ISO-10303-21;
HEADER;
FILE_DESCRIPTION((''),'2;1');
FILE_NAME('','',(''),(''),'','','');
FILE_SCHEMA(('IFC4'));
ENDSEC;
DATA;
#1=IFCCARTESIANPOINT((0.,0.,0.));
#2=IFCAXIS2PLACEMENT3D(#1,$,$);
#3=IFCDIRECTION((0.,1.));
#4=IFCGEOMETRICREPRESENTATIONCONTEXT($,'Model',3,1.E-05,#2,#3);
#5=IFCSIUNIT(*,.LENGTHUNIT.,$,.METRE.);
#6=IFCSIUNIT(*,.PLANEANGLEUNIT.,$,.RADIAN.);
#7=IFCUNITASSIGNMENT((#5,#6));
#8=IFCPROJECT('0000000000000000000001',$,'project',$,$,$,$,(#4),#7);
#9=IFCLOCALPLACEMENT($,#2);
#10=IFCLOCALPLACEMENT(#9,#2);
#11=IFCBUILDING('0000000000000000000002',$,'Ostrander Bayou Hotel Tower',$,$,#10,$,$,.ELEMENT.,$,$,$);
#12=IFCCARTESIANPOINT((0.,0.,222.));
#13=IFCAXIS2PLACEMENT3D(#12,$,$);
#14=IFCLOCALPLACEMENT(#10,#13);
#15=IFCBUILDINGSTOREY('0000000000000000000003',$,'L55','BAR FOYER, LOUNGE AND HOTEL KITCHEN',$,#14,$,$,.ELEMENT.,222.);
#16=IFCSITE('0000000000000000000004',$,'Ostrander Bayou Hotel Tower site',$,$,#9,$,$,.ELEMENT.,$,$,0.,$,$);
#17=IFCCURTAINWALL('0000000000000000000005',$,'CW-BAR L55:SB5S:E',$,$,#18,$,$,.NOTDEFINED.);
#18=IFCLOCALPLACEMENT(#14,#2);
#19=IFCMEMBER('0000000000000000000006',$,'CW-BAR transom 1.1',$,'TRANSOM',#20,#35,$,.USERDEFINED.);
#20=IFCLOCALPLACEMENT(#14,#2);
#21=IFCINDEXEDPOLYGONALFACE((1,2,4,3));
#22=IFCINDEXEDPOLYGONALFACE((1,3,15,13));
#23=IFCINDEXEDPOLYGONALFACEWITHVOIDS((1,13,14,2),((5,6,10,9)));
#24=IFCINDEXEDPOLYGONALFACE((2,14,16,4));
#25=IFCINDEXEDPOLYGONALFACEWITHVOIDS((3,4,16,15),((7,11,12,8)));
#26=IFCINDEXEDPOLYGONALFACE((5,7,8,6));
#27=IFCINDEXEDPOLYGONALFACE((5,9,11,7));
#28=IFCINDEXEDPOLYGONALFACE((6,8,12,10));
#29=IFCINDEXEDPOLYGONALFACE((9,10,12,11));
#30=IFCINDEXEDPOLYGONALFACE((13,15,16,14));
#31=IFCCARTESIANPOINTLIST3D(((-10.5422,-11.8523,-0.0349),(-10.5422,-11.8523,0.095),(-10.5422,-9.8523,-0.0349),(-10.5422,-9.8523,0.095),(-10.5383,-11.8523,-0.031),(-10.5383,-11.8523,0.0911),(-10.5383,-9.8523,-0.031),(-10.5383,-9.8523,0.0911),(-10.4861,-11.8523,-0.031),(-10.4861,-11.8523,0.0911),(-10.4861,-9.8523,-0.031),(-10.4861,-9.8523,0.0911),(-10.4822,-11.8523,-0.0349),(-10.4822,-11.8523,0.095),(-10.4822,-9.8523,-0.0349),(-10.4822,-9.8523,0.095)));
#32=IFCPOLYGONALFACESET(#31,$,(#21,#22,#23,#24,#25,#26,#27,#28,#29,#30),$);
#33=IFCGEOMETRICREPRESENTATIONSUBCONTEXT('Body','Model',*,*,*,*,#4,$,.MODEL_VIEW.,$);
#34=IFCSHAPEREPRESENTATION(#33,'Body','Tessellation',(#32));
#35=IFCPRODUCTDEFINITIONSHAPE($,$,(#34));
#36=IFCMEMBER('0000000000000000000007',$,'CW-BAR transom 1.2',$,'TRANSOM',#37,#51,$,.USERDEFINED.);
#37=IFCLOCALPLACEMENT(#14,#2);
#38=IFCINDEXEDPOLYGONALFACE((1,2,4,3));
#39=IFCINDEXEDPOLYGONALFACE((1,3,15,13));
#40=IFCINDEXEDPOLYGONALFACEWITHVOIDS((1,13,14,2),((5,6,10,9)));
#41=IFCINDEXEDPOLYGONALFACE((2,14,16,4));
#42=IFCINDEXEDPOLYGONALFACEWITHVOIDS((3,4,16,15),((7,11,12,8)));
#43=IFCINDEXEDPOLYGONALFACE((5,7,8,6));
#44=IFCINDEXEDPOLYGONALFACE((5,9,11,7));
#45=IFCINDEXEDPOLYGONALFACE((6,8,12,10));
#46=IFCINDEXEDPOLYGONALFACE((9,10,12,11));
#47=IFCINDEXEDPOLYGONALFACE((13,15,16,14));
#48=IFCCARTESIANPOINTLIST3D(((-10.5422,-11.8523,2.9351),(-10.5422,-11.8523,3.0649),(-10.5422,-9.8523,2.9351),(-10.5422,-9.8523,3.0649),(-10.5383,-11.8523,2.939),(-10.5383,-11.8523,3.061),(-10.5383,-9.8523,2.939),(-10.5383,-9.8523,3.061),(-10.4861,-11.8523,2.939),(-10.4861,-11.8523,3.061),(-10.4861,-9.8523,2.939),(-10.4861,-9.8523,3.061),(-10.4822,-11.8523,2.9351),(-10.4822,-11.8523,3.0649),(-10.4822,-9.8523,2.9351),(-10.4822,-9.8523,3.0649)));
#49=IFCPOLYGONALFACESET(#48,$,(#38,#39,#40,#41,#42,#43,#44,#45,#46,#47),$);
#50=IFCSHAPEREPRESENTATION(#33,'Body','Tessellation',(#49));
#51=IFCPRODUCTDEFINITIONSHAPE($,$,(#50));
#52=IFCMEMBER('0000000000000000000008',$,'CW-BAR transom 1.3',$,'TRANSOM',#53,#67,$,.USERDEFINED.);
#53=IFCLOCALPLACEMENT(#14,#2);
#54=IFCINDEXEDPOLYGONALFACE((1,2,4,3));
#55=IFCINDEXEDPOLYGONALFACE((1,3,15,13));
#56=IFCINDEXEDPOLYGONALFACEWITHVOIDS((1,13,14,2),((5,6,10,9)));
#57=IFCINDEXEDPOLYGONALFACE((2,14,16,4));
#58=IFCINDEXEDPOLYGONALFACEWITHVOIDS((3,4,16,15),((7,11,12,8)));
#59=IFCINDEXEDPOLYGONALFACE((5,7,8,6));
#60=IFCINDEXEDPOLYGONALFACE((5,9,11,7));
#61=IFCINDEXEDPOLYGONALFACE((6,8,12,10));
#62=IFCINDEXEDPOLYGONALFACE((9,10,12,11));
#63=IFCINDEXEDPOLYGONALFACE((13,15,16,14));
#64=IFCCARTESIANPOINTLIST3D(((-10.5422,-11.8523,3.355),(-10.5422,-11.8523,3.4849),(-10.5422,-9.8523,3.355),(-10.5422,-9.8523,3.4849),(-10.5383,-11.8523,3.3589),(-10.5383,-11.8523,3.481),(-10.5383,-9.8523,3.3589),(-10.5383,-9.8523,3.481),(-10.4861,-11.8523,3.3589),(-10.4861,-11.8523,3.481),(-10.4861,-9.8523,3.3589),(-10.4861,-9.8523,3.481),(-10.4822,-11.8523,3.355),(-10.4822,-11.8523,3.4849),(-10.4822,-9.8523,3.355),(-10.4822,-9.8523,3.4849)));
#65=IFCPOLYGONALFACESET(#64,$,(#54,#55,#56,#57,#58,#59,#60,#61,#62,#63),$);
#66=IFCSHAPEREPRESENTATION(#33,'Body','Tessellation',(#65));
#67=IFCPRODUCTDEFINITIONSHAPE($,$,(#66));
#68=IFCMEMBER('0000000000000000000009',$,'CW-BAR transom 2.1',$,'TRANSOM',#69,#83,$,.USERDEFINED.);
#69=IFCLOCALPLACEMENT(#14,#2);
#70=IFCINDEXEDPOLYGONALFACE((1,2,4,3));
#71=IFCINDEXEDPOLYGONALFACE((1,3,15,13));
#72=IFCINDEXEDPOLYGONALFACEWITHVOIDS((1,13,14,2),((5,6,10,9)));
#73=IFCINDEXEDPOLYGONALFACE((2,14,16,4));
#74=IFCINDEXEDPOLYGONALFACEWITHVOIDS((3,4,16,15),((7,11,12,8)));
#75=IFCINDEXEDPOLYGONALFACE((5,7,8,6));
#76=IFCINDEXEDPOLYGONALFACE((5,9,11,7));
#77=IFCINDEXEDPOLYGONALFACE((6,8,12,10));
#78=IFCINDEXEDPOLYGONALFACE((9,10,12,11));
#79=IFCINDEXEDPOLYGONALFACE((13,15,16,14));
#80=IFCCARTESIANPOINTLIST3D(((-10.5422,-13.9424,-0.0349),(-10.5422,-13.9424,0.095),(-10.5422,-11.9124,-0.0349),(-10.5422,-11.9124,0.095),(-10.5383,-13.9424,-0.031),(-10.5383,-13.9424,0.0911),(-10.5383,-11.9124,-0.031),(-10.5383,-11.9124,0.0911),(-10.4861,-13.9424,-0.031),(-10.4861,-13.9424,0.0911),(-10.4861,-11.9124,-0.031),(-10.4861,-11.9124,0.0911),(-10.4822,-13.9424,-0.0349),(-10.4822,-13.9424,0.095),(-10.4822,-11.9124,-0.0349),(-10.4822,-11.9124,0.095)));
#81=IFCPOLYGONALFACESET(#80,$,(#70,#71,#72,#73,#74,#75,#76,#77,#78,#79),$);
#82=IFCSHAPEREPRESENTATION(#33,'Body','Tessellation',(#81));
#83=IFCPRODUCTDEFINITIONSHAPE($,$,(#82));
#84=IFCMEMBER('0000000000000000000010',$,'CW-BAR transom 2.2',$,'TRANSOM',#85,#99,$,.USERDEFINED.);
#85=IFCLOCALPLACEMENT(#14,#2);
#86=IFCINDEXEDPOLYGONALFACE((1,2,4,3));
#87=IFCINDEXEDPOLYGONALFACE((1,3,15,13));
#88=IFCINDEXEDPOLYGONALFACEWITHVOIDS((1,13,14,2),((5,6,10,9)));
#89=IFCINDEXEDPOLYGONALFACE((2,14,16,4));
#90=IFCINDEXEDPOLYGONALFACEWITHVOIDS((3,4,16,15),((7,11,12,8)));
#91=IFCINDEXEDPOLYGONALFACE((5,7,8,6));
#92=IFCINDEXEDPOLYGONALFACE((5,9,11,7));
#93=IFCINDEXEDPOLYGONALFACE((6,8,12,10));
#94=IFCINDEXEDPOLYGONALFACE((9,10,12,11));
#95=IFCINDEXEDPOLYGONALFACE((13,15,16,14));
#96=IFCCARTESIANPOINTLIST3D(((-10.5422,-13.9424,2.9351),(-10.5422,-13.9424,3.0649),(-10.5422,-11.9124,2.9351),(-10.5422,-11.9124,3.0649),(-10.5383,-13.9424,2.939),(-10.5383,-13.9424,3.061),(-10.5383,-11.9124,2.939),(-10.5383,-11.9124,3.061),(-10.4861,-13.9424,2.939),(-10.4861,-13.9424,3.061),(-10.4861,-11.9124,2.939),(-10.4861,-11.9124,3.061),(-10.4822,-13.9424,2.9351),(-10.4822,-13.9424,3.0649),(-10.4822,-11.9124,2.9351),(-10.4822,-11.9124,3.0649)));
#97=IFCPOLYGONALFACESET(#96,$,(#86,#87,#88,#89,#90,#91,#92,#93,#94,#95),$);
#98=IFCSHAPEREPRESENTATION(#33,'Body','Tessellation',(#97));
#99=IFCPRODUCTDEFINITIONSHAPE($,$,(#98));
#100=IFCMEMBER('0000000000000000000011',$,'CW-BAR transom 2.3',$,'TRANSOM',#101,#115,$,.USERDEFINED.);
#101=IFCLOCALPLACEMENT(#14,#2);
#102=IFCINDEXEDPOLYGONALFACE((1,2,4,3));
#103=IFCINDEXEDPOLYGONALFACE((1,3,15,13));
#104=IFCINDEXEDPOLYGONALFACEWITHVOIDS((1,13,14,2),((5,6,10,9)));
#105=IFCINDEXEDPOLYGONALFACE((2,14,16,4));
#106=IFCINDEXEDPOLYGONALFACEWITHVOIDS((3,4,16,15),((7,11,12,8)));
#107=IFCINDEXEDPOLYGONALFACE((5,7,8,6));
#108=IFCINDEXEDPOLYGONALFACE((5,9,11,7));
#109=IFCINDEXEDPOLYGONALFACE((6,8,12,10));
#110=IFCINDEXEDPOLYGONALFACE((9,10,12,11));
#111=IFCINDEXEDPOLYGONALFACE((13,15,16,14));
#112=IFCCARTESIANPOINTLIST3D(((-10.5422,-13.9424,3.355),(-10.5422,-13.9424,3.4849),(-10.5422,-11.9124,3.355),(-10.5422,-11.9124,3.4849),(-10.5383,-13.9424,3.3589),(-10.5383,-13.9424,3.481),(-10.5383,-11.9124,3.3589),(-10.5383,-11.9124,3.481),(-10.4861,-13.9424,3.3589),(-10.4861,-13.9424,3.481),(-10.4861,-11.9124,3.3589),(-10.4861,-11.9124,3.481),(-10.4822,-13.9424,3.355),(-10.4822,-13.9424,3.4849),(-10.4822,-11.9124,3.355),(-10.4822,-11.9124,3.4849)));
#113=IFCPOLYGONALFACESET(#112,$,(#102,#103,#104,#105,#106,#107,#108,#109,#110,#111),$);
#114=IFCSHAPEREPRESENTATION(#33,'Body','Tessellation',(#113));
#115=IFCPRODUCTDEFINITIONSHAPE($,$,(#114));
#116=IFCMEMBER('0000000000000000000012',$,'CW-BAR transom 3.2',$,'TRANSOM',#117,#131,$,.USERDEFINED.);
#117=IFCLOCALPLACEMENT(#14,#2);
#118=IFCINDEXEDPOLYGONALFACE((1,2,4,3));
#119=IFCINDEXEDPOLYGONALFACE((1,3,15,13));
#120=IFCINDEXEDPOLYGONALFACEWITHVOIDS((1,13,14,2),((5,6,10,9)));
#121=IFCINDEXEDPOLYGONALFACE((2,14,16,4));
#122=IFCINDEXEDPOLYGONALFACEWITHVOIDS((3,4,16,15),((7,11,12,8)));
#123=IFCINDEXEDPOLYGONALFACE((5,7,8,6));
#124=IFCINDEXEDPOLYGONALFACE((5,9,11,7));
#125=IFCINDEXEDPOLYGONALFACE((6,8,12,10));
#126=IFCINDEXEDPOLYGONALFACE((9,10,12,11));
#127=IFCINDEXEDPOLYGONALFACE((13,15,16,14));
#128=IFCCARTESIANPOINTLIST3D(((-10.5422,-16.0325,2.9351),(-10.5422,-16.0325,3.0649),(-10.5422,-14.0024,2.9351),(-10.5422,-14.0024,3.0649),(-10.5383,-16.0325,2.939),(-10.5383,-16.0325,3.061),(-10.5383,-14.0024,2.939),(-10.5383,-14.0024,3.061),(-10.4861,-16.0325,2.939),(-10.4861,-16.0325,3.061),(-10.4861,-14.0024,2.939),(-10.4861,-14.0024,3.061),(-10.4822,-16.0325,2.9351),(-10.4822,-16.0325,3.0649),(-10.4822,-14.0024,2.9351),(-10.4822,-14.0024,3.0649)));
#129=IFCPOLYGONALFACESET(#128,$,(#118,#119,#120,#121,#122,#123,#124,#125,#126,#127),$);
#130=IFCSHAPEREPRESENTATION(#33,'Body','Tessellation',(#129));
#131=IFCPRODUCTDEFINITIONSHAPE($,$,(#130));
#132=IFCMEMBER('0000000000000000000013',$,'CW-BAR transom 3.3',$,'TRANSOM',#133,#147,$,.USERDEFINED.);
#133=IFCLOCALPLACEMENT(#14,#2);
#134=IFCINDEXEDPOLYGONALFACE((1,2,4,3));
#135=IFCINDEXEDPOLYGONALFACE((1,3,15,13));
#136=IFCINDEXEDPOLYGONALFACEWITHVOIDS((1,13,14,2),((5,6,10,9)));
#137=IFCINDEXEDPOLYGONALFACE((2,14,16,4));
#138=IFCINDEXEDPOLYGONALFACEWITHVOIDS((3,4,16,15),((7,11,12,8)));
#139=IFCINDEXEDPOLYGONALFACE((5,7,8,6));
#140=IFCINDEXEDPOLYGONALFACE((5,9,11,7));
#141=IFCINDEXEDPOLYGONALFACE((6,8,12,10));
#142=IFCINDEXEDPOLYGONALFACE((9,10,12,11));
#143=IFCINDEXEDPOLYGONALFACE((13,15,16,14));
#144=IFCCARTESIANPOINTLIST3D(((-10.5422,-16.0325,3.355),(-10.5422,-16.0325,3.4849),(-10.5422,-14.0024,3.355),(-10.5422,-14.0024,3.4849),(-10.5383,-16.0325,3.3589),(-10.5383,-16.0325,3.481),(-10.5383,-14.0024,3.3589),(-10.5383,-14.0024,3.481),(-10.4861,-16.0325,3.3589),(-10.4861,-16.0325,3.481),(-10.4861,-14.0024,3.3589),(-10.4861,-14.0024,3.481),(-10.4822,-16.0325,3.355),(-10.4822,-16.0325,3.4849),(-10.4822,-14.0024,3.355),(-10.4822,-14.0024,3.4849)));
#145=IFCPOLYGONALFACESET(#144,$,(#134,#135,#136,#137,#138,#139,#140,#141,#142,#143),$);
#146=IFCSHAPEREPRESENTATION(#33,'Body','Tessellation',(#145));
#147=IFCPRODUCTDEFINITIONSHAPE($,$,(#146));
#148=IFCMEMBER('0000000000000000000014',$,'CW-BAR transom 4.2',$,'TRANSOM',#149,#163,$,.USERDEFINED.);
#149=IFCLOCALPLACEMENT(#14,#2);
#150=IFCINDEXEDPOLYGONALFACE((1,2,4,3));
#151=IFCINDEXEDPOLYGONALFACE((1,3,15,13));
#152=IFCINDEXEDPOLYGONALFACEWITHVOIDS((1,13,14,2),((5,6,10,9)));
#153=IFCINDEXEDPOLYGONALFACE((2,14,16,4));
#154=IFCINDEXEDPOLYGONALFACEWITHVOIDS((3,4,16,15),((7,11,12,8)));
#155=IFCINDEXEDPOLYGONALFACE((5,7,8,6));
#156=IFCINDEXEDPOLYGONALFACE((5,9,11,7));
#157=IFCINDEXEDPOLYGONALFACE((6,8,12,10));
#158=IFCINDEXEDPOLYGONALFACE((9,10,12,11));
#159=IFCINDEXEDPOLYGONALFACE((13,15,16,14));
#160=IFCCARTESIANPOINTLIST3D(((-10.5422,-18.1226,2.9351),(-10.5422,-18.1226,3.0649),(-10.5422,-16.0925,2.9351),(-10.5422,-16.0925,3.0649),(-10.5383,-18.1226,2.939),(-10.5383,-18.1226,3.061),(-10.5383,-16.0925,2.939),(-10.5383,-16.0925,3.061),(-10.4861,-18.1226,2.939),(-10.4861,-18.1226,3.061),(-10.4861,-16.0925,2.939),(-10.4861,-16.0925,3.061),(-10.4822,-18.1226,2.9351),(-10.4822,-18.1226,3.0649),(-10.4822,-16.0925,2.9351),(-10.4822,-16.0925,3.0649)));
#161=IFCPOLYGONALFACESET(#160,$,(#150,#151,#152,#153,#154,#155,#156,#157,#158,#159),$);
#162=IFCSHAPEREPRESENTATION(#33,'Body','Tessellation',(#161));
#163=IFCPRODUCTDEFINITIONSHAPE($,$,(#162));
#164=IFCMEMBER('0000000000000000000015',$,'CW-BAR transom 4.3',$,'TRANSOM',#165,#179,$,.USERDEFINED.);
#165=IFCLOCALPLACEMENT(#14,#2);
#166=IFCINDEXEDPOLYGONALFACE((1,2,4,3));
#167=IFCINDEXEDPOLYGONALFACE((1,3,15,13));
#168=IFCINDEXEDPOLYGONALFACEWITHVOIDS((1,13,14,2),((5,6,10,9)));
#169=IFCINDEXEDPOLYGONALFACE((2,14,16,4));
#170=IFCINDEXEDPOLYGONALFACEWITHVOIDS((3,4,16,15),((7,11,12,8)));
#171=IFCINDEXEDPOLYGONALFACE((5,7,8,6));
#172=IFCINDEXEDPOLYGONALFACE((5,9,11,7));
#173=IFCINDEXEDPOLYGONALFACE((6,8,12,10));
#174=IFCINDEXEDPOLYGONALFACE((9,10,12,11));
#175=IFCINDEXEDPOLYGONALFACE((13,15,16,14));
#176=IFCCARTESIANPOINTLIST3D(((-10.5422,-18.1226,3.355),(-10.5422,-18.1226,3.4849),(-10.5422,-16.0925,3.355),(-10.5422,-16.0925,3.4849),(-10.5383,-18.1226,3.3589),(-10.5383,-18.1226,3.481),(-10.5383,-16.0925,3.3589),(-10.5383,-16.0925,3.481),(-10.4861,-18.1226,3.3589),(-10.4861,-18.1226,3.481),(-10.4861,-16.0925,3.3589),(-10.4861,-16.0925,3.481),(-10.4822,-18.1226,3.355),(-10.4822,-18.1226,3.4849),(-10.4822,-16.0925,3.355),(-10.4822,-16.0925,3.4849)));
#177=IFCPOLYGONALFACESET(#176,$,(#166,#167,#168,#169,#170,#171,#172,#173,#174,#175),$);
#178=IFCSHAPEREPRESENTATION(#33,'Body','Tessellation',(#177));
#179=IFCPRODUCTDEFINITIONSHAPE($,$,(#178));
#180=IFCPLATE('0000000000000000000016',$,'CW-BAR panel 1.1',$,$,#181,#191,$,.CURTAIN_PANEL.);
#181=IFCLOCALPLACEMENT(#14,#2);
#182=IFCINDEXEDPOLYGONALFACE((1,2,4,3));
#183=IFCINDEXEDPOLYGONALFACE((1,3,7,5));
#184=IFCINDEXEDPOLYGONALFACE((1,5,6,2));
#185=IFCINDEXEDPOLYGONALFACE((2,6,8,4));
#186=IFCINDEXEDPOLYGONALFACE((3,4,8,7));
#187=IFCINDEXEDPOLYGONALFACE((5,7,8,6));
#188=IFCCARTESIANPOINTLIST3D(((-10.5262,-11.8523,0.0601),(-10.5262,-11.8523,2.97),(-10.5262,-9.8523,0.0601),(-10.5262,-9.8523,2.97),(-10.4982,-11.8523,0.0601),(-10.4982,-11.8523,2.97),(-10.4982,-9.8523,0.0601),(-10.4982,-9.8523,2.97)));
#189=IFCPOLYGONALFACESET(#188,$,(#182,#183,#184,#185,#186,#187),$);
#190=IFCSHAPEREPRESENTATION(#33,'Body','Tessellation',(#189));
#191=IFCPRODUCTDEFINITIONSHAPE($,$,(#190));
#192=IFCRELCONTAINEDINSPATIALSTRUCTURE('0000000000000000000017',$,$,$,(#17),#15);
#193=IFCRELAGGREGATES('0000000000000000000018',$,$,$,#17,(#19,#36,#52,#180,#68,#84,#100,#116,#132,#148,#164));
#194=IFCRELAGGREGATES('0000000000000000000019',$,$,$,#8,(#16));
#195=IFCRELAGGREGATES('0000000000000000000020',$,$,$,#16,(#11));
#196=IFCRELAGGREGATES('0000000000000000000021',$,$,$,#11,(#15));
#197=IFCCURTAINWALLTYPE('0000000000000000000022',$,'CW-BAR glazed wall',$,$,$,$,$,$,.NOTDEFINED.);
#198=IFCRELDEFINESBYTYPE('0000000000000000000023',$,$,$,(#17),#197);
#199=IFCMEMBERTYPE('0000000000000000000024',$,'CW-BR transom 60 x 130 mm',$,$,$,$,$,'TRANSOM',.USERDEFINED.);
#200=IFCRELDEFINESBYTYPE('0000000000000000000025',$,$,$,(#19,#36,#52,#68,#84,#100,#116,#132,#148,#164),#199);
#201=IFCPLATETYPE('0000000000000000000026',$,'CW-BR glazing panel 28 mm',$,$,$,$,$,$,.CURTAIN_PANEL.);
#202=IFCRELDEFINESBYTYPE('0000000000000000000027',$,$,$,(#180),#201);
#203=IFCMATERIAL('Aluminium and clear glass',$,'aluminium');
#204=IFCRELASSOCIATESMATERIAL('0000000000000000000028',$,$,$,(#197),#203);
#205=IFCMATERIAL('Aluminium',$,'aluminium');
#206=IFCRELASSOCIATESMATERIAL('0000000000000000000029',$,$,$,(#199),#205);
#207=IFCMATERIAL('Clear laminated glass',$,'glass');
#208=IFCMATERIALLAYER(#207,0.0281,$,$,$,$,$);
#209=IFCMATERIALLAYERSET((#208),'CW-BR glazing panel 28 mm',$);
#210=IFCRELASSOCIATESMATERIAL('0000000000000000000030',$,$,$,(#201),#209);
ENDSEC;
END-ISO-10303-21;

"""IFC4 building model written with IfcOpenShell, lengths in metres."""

from ifc_helpers import new_model, si_unit, direction, frame, origin, origin_2d, place, context, subcontext, project, spatial, rectangle, hollow_rectangle, extrude, material, layer, layer_set, material_profile, profile_set, type_object, element, aggregate, save


model = new_model("IFC4")

# Units and contexts
model_context = context("Model", 3, precision=1e-05, world=origin(), true_north=direction((0.0, 1.0)))
body_context = subcontext(model_context, "Body", "Model", "MODEL_VIEW")
ifc_project = project(units=[si_unit("LENGTHUNIT", "METRE"), si_unit("PLANEANGLEUNIT", "RADIAN")], contexts=[model_context])

# Site, building, storey
site_placement = place(None, origin())
site = spatial("IfcSite", under=ifc_project, at=site_placement, Name="Ostrander Bayou Hotel Tower site", CompositionType="ELEMENT", RefElevation=0.0)
building_placement = place(site_placement, origin())
building = spatial("IfcBuilding", under=site, at=building_placement, Name="Ostrander Bayou Hotel Tower", CompositionType="ELEMENT")
storey_placement = place(building_placement, frame((0.0, 0.0, 222.0)))
storey = spatial("IfcBuildingStorey", under=building, at=storey_placement, Name="L55", Description="BAR FOYER, LOUNGE AND HOTEL KITCHEN", CompositionType="ELEMENT", Elevation=222.0)

# Curtain wall, members, plate
ifc_material_1 = material(Name="Aluminium and clear glass", Category="aluminium")
curtain_wall_type = type_object("IfcCurtainWallType", Name="CW-BAR glazed wall", PredefinedType="NOTDEFINED", material=ifc_material_1)
curtain_wall_placement = place(storey_placement, origin())
curtain_wall = element("IfcCurtainWall", 1, at=curtain_wall_placement, inside=storey, type_object=curtain_wall_type, Name="CW-BAR L55:SB5S:E", PredefinedType="NOTDEFINED")
ifc_material_2 = material(Name="Aluminium", Category="aluminium")
ifc_material_profile = material_profile(ifc_material_2, hollow_rectangle(XDim=0.0601, YDim=0.1299, WallThickness=0.0039, at=origin_2d()))
ifc_profile_set = profile_set([ifc_material_profile], Name="Aluminium")
member_type = type_object("IfcMemberType", Name="CW-BR transom 60 x 130 mm", ElementType="TRANSOM", PredefinedType="USERDEFINED", material=ifc_profile_set)
member_1_placement = place(storey_placement, frame((-10.5122, -9.8523, 0.03), z_axis=(0.0, -1.0, 0.0), x_axis=(1.0, 0.0, 0.0)))
member_1 = element("IfcMember", 2, at=member_1_placement, type_object=member_type, Name="CW-BAR transom 1.1", ObjectType="TRANSOM", PredefinedType="USERDEFINED", context=body_context, shape_type="SweptSolid", body=[
    extrude(hollow_rectangle(XDim=0.0601, YDim=0.1299, WallThickness=0.0039, at=origin_2d()), origin(), (0.0, 0.0, 1.0), 2.0),
])
member_2_placement = place(storey_placement, frame((-10.5122, -9.8523, 3.0), z_axis=(0.0, -1.0, 0.0), x_axis=(1.0, 0.0, 0.0)))
member_2 = element("IfcMember", 3, at=member_2_placement, type_object=member_type, Name="CW-BAR transom 1.2", ObjectType="TRANSOM", PredefinedType="USERDEFINED", context=body_context, shape_type="SweptSolid", body=[
    extrude(hollow_rectangle(XDim=0.0601, YDim=0.1299, WallThickness=0.0039, at=origin_2d()), origin(), (0.0, 0.0, 1.0), 2.0),
])
member_3_placement = place(storey_placement, frame((-10.5122, -9.8523, 3.4199), z_axis=(0.0, -1.0, 0.0), x_axis=(1.0, 0.0, 0.0)))
member_3 = element("IfcMember", 4, at=member_3_placement, type_object=member_type, Name="CW-BAR transom 1.3", ObjectType="TRANSOM", PredefinedType="USERDEFINED", context=body_context, shape_type="SweptSolid", body=[
    extrude(hollow_rectangle(XDim=0.0601, YDim=0.1299, WallThickness=0.0039, at=origin_2d()), origin(), (0.0, 0.0, 1.0), 2.0),
])
member_4_placement = place(storey_placement, frame((-10.5122, -11.9124, 0.03), z_axis=(0.0, -1.0, 0.0), x_axis=(1.0, 0.0, 0.0)))
member_4 = element("IfcMember", 5, at=member_4_placement, type_object=member_type, Name="CW-BAR transom 2.1", ObjectType="TRANSOM", PredefinedType="USERDEFINED", context=body_context, shape_type="SweptSolid", body=[
    extrude(hollow_rectangle(XDim=0.0601, YDim=0.1299, WallThickness=0.0039, at=origin_2d()), origin(), (0.0, 0.0, 1.0), 2.03),
])
member_5_placement = place(storey_placement, frame((-10.5122, -11.9124, 3.0), z_axis=(0.0, -1.0, 0.0), x_axis=(1.0, 0.0, 0.0)))
member_5 = element("IfcMember", 6, at=member_5_placement, type_object=member_type, Name="CW-BAR transom 2.2", ObjectType="TRANSOM", PredefinedType="USERDEFINED", context=body_context, shape_type="SweptSolid", body=[
    extrude(hollow_rectangle(XDim=0.0601, YDim=0.1299, WallThickness=0.0039, at=origin_2d()), origin(), (0.0, 0.0, 1.0), 2.03),
])
member_6_placement = place(storey_placement, frame((-10.5122, -11.9124, 3.4199), z_axis=(0.0, -1.0, 0.0), x_axis=(1.0, 0.0, 0.0)))
member_6 = element("IfcMember", 7, at=member_6_placement, type_object=member_type, Name="CW-BAR transom 2.3", ObjectType="TRANSOM", PredefinedType="USERDEFINED", context=body_context, shape_type="SweptSolid", body=[
    extrude(hollow_rectangle(XDim=0.0601, YDim=0.1299, WallThickness=0.0039, at=origin_2d()), origin(), (0.0, 0.0, 1.0), 2.03),
])
member_7_placement = place(storey_placement, frame((-10.5122, -14.0024, 3.0), z_axis=(0.0, -1.0, 0.0), x_axis=(1.0, 0.0, 0.0)))
member_7 = element("IfcMember", 8, at=member_7_placement, type_object=member_type, Name="CW-BAR transom 3.2", ObjectType="TRANSOM", PredefinedType="USERDEFINED", context=body_context, shape_type="SweptSolid", body=[
    extrude(hollow_rectangle(XDim=0.0601, YDim=0.1299, WallThickness=0.0039, at=origin_2d()), origin(), (0.0, 0.0, 1.0), 2.03),
])
member_8_placement = place(storey_placement, frame((-10.5122, -14.0024, 3.4199), z_axis=(0.0, -1.0, 0.0), x_axis=(1.0, 0.0, 0.0)))
member_8 = element("IfcMember", 9, at=member_8_placement, type_object=member_type, Name="CW-BAR transom 3.3", ObjectType="TRANSOM", PredefinedType="USERDEFINED", context=body_context, shape_type="SweptSolid", body=[
    extrude(hollow_rectangle(XDim=0.0601, YDim=0.1299, WallThickness=0.0039, at=origin_2d()), origin(), (0.0, 0.0, 1.0), 2.03),
])
member_9_placement = place(storey_placement, frame((-10.5122, -16.0925, 3.0), z_axis=(0.0, -1.0, 0.0), x_axis=(1.0, 0.0, 0.0)))
member_9 = element("IfcMember", 10, at=member_9_placement, type_object=member_type, Name="CW-BAR transom 4.2", ObjectType="TRANSOM", PredefinedType="USERDEFINED", context=body_context, shape_type="SweptSolid", body=[
    extrude(hollow_rectangle(XDim=0.0601, YDim=0.1299, WallThickness=0.0039, at=origin_2d()), origin(), (0.0, 0.0, 1.0), 2.03),
])
member_10_placement = place(storey_placement, frame((-10.5122, -16.0925, 3.4199), z_axis=(0.0, -1.0, 0.0), x_axis=(1.0, 0.0, 0.0)))
member_10 = element("IfcMember", 11, at=member_10_placement, type_object=member_type, Name="CW-BAR transom 4.3", ObjectType="TRANSOM", PredefinedType="USERDEFINED", context=body_context, shape_type="SweptSolid", body=[
    extrude(hollow_rectangle(XDim=0.0601, YDim=0.1299, WallThickness=0.0039, at=origin_2d()), origin(), (0.0, 0.0, 1.0), 2.03),
])
ifc_material_3 = material(Name="Clear laminated glass", Category="glass")
ifc_layer = layer(ifc_material_3, 0.0281)
ifc_layer_set = layer_set([ifc_layer], Name="CW-BR glazing panel 28 mm")
plate_type = type_object("IfcPlateType", Name="CW-BR glazing panel 28 mm", PredefinedType="CURTAIN_PANEL", material=ifc_layer_set)
plate_1_placement = place(storey_placement, frame((-10.5122, -10.8523, 0.0601), z_axis=(0.0, 0.0, 1.0), x_axis=(0.0, -1.0, 0.0)))
plate_1 = element("IfcPlate", 12, at=plate_1_placement, type_object=plate_type, Name="CW-BAR panel 1.1", PredefinedType="CURTAIN_PANEL", context=body_context, shape_type="SweptSolid", body=[
    extrude(rectangle(XDim=2.0, YDim=0.0281, at=origin_2d()), origin(), (0.0, 0.0, 1.0), 2.9099),
])
aggregate(curtain_wall, [member_1, member_2, member_3, plate_1, member_4, member_5, member_6, member_7, member_8, member_9, member_10])

save(model, "model.ifc")
